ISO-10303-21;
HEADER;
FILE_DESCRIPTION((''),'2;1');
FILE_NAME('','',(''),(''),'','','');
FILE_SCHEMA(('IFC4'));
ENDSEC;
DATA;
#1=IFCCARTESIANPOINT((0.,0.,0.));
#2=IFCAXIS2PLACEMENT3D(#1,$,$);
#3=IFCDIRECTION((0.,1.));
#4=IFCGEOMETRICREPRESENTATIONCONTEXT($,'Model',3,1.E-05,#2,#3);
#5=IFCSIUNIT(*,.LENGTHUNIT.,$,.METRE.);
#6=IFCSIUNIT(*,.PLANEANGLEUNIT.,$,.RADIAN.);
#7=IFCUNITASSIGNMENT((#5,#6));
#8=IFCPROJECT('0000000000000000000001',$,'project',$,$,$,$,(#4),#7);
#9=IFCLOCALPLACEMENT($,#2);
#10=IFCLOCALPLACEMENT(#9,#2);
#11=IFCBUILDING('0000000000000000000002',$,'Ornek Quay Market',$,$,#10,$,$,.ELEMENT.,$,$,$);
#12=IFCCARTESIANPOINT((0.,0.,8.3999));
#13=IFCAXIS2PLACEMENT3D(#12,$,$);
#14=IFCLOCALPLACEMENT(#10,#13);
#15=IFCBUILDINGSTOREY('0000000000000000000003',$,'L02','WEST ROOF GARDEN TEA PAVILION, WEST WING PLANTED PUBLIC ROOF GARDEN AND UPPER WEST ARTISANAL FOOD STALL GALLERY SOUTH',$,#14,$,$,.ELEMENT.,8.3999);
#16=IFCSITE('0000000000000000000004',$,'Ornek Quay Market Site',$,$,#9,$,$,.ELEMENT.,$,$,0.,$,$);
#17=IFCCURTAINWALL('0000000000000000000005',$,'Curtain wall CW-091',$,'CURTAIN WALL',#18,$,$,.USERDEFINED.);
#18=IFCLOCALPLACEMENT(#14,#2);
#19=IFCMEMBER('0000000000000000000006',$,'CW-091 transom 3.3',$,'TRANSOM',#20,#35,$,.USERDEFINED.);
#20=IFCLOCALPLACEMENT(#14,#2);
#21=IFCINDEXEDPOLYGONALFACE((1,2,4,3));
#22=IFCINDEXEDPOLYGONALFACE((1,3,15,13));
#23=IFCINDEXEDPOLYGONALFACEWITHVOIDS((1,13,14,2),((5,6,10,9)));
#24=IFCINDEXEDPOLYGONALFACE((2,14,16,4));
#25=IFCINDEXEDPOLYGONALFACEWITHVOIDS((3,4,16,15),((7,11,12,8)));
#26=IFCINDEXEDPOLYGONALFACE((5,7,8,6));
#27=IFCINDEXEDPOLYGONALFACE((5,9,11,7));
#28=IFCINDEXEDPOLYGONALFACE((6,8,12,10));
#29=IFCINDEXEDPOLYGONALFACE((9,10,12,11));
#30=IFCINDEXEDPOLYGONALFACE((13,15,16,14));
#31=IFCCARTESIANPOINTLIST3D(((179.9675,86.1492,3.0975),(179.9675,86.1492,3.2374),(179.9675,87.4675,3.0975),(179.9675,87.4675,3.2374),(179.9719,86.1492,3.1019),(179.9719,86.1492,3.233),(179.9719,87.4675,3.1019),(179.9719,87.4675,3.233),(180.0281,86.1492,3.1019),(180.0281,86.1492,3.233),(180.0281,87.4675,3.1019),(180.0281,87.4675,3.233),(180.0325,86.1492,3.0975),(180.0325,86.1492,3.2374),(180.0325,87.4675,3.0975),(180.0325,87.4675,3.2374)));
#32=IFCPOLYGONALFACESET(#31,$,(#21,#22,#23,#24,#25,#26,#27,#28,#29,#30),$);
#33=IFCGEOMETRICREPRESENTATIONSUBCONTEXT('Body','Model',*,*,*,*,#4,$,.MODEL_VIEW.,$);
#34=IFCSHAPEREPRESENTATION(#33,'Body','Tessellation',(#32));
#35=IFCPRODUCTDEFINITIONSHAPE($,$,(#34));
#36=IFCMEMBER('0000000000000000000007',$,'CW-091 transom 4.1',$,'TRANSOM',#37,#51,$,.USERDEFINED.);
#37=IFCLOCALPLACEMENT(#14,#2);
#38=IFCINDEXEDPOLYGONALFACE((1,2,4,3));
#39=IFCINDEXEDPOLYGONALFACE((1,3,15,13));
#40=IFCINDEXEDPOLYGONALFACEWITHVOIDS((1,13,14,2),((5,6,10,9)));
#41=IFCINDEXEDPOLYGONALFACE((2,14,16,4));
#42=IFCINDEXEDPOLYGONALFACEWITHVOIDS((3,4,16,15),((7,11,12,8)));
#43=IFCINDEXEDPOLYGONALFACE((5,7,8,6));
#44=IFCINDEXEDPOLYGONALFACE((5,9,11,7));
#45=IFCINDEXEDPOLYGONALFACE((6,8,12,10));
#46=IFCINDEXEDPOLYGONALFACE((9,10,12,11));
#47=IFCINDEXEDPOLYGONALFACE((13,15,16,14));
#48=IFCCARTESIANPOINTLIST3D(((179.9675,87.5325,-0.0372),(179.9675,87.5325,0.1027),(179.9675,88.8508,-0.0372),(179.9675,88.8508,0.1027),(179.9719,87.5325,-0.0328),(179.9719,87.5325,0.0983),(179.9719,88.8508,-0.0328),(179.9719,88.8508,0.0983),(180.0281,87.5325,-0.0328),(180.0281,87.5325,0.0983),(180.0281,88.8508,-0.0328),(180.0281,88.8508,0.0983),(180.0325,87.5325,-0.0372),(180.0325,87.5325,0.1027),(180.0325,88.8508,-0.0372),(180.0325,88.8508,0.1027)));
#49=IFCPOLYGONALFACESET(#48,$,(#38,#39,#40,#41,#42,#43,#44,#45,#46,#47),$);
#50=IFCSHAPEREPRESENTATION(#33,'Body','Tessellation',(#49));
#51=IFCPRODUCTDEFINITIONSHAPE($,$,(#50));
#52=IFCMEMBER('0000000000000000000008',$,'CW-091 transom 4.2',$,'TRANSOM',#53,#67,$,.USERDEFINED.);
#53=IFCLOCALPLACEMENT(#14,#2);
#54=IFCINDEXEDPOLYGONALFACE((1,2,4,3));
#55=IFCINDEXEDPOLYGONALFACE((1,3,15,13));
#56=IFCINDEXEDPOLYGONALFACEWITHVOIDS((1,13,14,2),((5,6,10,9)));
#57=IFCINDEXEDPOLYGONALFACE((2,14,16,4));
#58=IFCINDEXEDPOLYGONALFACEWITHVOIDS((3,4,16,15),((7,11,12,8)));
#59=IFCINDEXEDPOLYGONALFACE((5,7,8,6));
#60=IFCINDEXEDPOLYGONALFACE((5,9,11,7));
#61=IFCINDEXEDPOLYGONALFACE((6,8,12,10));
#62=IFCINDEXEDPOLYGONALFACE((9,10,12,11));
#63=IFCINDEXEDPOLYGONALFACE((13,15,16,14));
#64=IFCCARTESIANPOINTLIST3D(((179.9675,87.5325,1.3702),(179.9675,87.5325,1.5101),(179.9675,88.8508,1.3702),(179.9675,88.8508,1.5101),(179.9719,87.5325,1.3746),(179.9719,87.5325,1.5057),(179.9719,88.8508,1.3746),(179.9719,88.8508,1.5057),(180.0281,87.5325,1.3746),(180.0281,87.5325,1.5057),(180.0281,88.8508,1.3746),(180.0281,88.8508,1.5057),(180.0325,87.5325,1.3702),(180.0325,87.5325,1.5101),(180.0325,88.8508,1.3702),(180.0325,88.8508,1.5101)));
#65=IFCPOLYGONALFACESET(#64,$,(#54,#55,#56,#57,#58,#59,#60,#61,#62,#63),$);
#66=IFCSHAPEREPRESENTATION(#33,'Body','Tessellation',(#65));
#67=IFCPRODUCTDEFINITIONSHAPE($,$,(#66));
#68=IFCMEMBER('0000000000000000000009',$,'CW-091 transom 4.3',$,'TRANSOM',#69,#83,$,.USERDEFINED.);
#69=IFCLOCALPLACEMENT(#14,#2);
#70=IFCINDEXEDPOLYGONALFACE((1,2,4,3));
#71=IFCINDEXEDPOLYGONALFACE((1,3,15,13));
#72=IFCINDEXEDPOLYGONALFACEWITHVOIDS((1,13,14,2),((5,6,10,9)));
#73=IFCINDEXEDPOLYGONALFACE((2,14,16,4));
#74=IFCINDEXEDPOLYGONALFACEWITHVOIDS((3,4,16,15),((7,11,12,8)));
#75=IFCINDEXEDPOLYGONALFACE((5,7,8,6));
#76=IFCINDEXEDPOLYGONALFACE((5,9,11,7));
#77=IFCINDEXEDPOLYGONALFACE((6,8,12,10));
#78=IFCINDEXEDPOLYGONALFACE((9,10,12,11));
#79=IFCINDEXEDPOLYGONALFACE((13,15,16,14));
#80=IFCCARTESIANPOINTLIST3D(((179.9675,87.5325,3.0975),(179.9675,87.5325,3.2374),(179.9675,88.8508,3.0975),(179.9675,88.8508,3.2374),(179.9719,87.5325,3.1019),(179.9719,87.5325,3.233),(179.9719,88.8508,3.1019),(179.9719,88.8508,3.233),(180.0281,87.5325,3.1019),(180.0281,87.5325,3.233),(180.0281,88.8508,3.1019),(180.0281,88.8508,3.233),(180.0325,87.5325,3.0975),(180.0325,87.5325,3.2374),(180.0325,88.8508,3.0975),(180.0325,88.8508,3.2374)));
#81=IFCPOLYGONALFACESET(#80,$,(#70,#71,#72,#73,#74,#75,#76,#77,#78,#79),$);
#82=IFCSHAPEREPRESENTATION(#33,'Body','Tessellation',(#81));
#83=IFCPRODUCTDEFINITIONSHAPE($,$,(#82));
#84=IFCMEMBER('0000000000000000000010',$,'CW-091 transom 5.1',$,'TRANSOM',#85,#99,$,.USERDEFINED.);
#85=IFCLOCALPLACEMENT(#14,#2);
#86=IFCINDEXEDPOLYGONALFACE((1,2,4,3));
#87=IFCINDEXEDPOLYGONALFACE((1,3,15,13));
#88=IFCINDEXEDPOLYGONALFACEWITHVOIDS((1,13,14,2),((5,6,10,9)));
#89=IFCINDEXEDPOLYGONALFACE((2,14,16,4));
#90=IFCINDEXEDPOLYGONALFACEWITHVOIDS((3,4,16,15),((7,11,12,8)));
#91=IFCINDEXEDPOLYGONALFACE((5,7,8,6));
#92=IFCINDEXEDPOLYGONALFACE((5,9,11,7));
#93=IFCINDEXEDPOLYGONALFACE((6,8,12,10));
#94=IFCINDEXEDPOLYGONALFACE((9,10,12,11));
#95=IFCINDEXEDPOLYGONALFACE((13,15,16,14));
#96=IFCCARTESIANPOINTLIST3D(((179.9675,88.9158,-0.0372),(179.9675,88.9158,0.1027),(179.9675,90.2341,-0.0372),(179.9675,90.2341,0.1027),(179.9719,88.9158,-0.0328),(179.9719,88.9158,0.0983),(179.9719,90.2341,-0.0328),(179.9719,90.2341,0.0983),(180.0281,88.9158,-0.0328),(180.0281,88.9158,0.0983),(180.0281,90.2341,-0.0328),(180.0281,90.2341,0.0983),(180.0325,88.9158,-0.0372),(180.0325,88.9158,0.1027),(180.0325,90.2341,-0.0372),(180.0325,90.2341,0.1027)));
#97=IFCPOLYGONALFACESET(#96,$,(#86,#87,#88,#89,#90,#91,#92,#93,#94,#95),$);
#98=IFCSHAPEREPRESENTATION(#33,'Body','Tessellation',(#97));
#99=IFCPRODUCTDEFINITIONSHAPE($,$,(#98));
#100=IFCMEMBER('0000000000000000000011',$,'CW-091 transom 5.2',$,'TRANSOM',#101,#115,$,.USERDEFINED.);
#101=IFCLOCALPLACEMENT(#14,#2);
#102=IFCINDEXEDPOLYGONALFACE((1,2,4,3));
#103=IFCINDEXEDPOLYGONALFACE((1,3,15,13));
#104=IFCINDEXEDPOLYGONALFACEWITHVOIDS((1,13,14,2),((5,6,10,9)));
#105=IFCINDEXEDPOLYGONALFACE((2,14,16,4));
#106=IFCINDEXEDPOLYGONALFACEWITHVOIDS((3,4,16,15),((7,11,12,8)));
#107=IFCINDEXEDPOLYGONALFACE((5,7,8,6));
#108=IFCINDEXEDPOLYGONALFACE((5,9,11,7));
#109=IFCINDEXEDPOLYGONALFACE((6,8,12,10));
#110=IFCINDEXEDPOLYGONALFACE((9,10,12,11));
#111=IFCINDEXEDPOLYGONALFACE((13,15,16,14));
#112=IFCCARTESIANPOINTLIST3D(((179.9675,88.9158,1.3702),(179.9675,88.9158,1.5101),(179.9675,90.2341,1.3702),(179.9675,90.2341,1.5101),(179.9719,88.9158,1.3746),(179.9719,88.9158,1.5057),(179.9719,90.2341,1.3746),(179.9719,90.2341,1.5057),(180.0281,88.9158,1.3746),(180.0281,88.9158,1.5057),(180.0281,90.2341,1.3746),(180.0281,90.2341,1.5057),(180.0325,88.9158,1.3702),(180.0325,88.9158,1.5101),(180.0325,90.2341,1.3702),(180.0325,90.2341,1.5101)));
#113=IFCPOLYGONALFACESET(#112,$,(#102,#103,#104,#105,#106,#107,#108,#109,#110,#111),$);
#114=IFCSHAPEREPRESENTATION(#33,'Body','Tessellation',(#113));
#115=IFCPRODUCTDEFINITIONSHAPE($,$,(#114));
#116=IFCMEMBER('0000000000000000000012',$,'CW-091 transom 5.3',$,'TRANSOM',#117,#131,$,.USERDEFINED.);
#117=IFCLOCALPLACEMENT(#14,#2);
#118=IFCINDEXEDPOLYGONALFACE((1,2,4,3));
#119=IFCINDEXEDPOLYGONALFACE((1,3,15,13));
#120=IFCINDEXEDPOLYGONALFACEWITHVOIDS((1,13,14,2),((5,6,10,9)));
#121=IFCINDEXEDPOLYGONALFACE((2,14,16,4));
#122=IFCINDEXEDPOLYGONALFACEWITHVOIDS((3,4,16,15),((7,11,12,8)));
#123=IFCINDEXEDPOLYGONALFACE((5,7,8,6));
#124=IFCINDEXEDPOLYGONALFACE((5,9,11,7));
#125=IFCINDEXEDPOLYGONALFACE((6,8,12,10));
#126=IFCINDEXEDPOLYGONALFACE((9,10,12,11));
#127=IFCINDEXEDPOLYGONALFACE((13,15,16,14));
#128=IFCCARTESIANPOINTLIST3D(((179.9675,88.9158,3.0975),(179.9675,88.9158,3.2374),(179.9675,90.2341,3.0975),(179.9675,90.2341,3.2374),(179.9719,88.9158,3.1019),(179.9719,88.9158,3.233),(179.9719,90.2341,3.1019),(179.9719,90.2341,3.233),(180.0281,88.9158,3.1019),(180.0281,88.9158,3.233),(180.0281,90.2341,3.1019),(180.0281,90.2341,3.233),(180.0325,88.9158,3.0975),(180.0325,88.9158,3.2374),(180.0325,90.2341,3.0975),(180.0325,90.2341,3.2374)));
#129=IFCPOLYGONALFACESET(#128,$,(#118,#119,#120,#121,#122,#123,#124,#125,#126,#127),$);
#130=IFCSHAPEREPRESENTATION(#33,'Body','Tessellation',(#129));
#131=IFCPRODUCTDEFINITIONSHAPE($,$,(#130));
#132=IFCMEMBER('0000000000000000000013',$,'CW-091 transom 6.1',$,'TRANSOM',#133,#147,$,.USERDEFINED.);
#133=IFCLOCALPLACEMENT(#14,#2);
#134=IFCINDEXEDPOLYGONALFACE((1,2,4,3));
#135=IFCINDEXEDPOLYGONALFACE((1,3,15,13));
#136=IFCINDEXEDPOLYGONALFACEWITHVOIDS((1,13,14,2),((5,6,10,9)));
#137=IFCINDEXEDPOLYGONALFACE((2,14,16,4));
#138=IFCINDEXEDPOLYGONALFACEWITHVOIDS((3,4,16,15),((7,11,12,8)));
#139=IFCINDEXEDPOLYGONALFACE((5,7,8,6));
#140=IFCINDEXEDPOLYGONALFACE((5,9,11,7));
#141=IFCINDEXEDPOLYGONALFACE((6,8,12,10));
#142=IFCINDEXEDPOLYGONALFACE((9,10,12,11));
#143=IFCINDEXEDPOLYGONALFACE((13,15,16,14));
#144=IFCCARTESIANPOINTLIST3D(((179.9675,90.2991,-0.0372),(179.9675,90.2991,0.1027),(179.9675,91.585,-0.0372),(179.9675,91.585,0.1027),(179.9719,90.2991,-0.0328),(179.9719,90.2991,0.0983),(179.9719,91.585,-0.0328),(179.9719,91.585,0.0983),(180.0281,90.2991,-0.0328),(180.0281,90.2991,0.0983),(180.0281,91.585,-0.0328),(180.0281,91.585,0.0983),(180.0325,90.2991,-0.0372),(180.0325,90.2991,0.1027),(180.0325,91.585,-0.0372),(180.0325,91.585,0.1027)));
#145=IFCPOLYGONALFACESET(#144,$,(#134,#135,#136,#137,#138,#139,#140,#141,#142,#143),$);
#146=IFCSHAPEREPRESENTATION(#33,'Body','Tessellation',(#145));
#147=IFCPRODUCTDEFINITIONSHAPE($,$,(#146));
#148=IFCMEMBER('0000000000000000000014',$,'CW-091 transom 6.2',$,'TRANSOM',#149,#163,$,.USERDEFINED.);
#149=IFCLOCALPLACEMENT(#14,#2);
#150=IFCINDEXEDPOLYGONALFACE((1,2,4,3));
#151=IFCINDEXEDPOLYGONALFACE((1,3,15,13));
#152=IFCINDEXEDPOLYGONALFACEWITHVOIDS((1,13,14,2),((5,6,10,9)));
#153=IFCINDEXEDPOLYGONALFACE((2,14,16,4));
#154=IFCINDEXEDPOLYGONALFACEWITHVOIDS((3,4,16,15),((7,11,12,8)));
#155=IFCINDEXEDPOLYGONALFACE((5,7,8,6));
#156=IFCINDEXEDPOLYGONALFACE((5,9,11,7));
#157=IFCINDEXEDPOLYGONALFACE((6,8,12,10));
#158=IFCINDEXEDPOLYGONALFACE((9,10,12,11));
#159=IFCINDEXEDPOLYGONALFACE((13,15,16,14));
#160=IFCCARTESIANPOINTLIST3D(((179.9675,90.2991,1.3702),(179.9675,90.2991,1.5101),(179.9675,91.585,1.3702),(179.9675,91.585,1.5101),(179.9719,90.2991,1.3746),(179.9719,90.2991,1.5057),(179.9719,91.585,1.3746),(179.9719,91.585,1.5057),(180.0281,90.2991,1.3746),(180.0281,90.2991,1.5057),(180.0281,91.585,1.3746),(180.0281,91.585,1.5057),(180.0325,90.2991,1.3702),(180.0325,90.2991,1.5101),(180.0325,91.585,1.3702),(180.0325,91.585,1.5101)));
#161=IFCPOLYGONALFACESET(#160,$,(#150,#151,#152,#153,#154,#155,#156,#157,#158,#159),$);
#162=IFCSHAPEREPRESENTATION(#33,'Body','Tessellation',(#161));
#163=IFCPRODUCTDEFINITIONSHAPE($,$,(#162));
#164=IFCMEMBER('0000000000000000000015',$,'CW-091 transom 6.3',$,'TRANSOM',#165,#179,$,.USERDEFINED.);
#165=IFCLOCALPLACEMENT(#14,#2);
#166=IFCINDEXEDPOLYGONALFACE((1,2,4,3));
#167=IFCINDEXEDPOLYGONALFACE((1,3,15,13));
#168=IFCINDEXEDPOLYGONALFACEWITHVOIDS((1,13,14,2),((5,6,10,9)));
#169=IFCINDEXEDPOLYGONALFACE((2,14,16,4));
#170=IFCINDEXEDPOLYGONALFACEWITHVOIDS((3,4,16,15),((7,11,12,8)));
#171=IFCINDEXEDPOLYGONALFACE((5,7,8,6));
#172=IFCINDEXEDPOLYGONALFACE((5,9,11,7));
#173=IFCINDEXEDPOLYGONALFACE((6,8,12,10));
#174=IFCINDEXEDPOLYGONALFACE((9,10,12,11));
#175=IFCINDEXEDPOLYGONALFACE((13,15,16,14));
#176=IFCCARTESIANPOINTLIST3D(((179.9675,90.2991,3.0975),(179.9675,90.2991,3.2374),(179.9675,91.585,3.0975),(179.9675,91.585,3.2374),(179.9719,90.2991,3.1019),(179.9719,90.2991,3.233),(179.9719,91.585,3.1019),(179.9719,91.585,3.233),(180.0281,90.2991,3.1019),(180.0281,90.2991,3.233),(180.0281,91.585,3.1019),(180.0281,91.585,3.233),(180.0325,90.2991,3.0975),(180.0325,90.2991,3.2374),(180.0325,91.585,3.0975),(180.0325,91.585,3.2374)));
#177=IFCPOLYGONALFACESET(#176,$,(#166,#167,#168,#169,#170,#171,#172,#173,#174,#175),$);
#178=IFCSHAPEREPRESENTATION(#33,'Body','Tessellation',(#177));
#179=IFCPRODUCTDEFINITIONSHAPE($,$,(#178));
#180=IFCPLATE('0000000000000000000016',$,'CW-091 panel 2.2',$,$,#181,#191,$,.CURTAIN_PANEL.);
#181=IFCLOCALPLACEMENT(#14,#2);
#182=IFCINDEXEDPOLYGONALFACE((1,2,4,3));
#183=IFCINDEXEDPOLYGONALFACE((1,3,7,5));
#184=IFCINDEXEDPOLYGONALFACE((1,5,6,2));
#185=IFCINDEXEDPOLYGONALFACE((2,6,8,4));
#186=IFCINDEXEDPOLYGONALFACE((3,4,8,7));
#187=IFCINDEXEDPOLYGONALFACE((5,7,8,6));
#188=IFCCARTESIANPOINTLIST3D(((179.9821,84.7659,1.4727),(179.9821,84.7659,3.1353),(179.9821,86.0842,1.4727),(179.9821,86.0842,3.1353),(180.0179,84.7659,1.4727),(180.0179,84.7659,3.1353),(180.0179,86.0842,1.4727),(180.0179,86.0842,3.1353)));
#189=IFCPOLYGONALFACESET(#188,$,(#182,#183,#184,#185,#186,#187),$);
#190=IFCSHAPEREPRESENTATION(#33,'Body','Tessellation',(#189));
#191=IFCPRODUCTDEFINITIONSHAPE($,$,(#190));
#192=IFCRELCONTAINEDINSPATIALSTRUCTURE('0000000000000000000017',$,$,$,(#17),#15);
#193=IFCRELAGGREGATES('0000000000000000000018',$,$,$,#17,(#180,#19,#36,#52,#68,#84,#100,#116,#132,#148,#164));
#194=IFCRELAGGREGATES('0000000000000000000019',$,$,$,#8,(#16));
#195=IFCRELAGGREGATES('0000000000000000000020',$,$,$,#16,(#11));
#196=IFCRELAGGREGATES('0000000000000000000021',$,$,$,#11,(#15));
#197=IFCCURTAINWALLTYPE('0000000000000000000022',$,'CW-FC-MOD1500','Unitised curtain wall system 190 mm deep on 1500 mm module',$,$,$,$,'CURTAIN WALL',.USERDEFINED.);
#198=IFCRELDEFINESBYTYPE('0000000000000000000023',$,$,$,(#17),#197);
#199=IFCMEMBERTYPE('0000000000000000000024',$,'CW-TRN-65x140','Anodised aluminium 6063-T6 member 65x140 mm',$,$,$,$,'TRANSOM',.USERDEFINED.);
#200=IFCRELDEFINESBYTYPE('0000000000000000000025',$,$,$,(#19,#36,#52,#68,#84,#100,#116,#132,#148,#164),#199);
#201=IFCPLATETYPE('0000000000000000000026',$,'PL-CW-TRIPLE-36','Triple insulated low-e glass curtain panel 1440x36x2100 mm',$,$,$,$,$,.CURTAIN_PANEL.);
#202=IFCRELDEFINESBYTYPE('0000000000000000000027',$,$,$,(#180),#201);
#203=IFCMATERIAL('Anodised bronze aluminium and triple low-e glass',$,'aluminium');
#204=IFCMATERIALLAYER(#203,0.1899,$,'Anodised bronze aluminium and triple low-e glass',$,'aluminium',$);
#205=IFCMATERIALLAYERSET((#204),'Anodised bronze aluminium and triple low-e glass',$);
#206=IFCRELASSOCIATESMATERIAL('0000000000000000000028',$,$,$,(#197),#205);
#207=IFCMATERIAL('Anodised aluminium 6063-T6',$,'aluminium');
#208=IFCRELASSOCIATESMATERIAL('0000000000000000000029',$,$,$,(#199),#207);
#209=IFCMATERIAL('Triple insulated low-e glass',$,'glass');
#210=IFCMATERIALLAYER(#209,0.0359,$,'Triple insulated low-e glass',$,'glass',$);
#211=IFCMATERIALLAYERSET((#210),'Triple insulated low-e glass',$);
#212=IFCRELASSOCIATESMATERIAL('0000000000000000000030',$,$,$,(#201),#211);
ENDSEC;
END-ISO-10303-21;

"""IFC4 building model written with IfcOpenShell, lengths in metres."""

from ifc_helpers import new_model, si_unit, direction, frame, origin, origin_2d, place, context, subcontext, project, spatial, rectangle, hollow_rectangle, extrude, material, layer, layer_set, material_profile, profile_set, type_object, element, aggregate, save


model = new_model("IFC4")

# Units and contexts
model_context = context("Model", 3, precision=1e-05, world=origin(), true_north=direction((0.0, 1.0)))
body_context = subcontext(model_context, "Body", "Model", "MODEL_VIEW")
ifc_project = project(units=[si_unit("LENGTHUNIT", "METRE"), si_unit("PLANEANGLEUNIT", "RADIAN")], contexts=[model_context])

# Site, building, storey
site_placement = place(None, origin())
site = spatial("IfcSite", under=ifc_project, at=site_placement, Name="Ornek Quay Market Site", CompositionType="ELEMENT", RefElevation=0.0)
building_placement = place(site_placement, origin())
building = spatial("IfcBuilding", under=site, at=building_placement, Name="Ornek Quay Market", CompositionType="ELEMENT")
storey_placement = place(building_placement, frame((0.0, 0.0, 8.3999)))
storey = spatial("IfcBuildingStorey", under=building, at=storey_placement, Name="L02", Description="WEST ROOF GARDEN TEA PAVILION, WEST WING PLANTED PUBLIC ROOF GARDEN AND UPPER WEST ARTISANAL FOOD STALL GALLERY SOUTH", CompositionType="ELEMENT", Elevation=8.3999)

# Curtain wall, members, plate
ifc_material_1 = material(Name="Anodised bronze aluminium and triple low-e glass", Category="aluminium")
ifc_layer_1 = layer(ifc_material_1, 0.1899, Name="Anodised bronze aluminium and triple low-e glass", Category="aluminium")
ifc_layer_set_1 = layer_set([ifc_layer_1], Name="Anodised bronze aluminium and triple low-e glass")
curtain_wall_type = type_object("IfcCurtainWallType", Name="CW-FC-MOD1500", Description="Unitised curtain wall system 190 mm deep on 1500 mm module", ElementType="CURTAIN WALL", PredefinedType="USERDEFINED", material=ifc_layer_set_1)
curtain_wall_placement = place(storey_placement, origin())
curtain_wall = element("IfcCurtainWall", 1, at=curtain_wall_placement, inside=storey, type_object=curtain_wall_type, Name="Curtain wall CW-091", ObjectType="CURTAIN WALL", PredefinedType="USERDEFINED")
ifc_material_2 = material(Name="Anodised aluminium 6063-T6", Category="aluminium")
ifc_material_profile_1 = material_profile(ifc_material_2, hollow_rectangle(XDim=0.0649, YDim=0.1399, WallThickness=0.0044, at=origin_2d()), Name="CW-TRN-65x140", Category="aluminium")
ifc_profile_set_1 = profile_set([ifc_material_profile_1], Name="Anodised aluminium 6063-T6")
member_type_1 = type_object("IfcMemberType", Name="CW-TRN-65x140", Description="Anodised aluminium 6063-T6 member 65x140 mm", ElementType="TRANSOM", PredefinedType="USERDEFINED", material=ifc_profile_set_1)
member_1_placement = place(storey_placement, frame((180.0, 86.1492, 3.1675), z_axis=(0.0, 1.0, 0.0), x_axis=(-1.0, 0.0, 0.0)))
member_1 = element("IfcMember", 2, at=member_1_placement, type_object=member_type_1, Name="CW-091 transom 3.3", ObjectType="TRANSOM", PredefinedType="USERDEFINED", context=body_context, shape_type="SweptSolid", body=[
    extrude(hollow_rectangle(XDim=0.0649, YDim=0.1399, WallThickness=0.0044, at=origin_2d()), origin(), (0.0, 0.0, 1.0), 1.3184),
])
member_2_placement = place(storey_placement, frame((180.0, 87.5325, 0.0327), z_axis=(0.0, 1.0, 0.0), x_axis=(-1.0, 0.0, 0.0)))
member_2 = element("IfcMember", 3, at=member_2_placement, type_object=member_type_1, Name="CW-091 transom 4.1", ObjectType="TRANSOM", PredefinedType="USERDEFINED", context=body_context, shape_type="SweptSolid", body=[
    extrude(hollow_rectangle(XDim=0.0649, YDim=0.1399, WallThickness=0.0044, at=origin_2d()), origin(), (0.0, 0.0, 1.0), 1.3184),
])
member_3_placement = place(storey_placement, frame((180.0, 87.5325, 1.4402), z_axis=(0.0, 1.0, 0.0), x_axis=(-1.0, 0.0, 0.0)))
member_3 = element("IfcMember", 4, at=member_3_placement, type_object=member_type_1, Name="CW-091 transom 4.2", ObjectType="TRANSOM", PredefinedType="USERDEFINED", context=body_context, shape_type="SweptSolid", body=[
    extrude(hollow_rectangle(XDim=0.0649, YDim=0.1399, WallThickness=0.0044, at=origin_2d()), origin(), (0.0, 0.0, 1.0), 1.3184),
])
member_4_placement = place(storey_placement, frame((180.0, 87.5325, 3.1675), z_axis=(0.0, 1.0, 0.0), x_axis=(-1.0, 0.0, 0.0)))
member_4 = element("IfcMember", 5, at=member_4_placement, type_object=member_type_1, Name="CW-091 transom 4.3", ObjectType="TRANSOM", PredefinedType="USERDEFINED", context=body_context, shape_type="SweptSolid", body=[
    extrude(hollow_rectangle(XDim=0.0649, YDim=0.1399, WallThickness=0.0044, at=origin_2d()), origin(), (0.0, 0.0, 1.0), 1.3184),
])
member_5_placement = place(storey_placement, frame((180.0, 88.9158, 0.0327), z_axis=(0.0, 1.0, 0.0), x_axis=(-1.0, 0.0, 0.0)))
member_5 = element("IfcMember", 6, at=member_5_placement, type_object=member_type_1, Name="CW-091 transom 5.1", ObjectType="TRANSOM", PredefinedType="USERDEFINED", context=body_context, shape_type="SweptSolid", body=[
    extrude(hollow_rectangle(XDim=0.0649, YDim=0.1399, WallThickness=0.0044, at=origin_2d()), origin(), (0.0, 0.0, 1.0), 1.3184),
])
member_6_placement = place(storey_placement, frame((180.0, 88.9158, 1.4402), z_axis=(0.0, 1.0, 0.0), x_axis=(-1.0, 0.0, 0.0)))
member_6 = element("IfcMember", 7, at=member_6_placement, type_object=member_type_1, Name="CW-091 transom 5.2", ObjectType="TRANSOM", PredefinedType="USERDEFINED", context=body_context, shape_type="SweptSolid", body=[
    extrude(hollow_rectangle(XDim=0.0649, YDim=0.1399, WallThickness=0.0044, at=origin_2d()), origin(), (0.0, 0.0, 1.0), 1.3184),
])
member_7_placement = place(storey_placement, frame((180.0, 88.9158, 3.1675), z_axis=(0.0, 1.0, 0.0), x_axis=(-1.0, 0.0, 0.0)))
member_7 = element("IfcMember", 8, at=member_7_placement, type_object=member_type_1, Name="CW-091 transom 5.3", ObjectType="TRANSOM", PredefinedType="USERDEFINED", context=body_context, shape_type="SweptSolid", body=[
    extrude(hollow_rectangle(XDim=0.0649, YDim=0.1399, WallThickness=0.0044, at=origin_2d()), origin(), (0.0, 0.0, 1.0), 1.3184),
])
member_8_placement = place(storey_placement, frame((180.0, 90.2991, 0.0327), z_axis=(0.0, 1.0, 0.0), x_axis=(-1.0, 0.0, 0.0)))
member_8 = element("IfcMember", 9, at=member_8_placement, type_object=member_type_1, Name="CW-091 transom 6.1", ObjectType="TRANSOM", PredefinedType="USERDEFINED", context=body_context, shape_type="SweptSolid", body=[
    extrude(hollow_rectangle(XDim=0.0649, YDim=0.1399, WallThickness=0.0044, at=origin_2d()), origin(), (0.0, 0.0, 1.0), 1.2859),
])
member_9_placement = place(storey_placement, frame((180.0, 90.2991, 1.4402), z_axis=(0.0, 1.0, 0.0), x_axis=(-1.0, 0.0, 0.0)))
member_9 = element("IfcMember", 10, at=member_9_placement, type_object=member_type_1, Name="CW-091 transom 6.2", ObjectType="TRANSOM", PredefinedType="USERDEFINED", context=body_context, shape_type="SweptSolid", body=[
    extrude(hollow_rectangle(XDim=0.0649, YDim=0.1399, WallThickness=0.0044, at=origin_2d()), origin(), (0.0, 0.0, 1.0), 1.2859),
])
member_10_placement = place(storey_placement, frame((180.0, 90.2991, 3.1675), z_axis=(0.0, 1.0, 0.0), x_axis=(-1.0, 0.0, 0.0)))
member_10 = element("IfcMember", 11, at=member_10_placement, type_object=member_type_1, Name="CW-091 transom 6.3", ObjectType="TRANSOM", PredefinedType="USERDEFINED", context=body_context, shape_type="SweptSolid", body=[
    extrude(hollow_rectangle(XDim=0.0649, YDim=0.1399, WallThickness=0.0044, at=origin_2d()), origin(), (0.0, 0.0, 1.0), 1.2859),
])
ifc_material_3 = material(Name="Triple insulated low-e glass", Category="glass")
ifc_layer_2 = layer(ifc_material_3, 0.0359, Name="Triple insulated low-e glass", Category="glass")
ifc_layer_set_2 = layer_set([ifc_layer_2], Name="Triple insulated low-e glass")
plate_type = type_object("IfcPlateType", Name="PL-CW-TRIPLE-36", Description="Triple insulated low-e glass curtain panel 1440x36x2100 mm", PredefinedType="CURTAIN_PANEL", material=ifc_layer_set_2)
plate_1_placement = place(storey_placement, frame((180.0, 85.425, 1.4727), z_axis=(0.0, 0.0, 1.0), x_axis=(0.0, 1.0, 0.0)))
plate_1 = element("IfcPlate", 12, at=plate_1_placement, type_object=plate_type, Name="CW-091 panel 2.2", PredefinedType="CURTAIN_PANEL", context=body_context, shape_type="SweptSolid", body=[
    extrude(rectangle(XDim=1.3184, YDim=0.0359, at=origin_2d()), origin(), (0.0, 0.0, 1.0), 1.6626),
])
aggregate(curtain_wall, [plate_1, member_1, member_2, member_3, member_4, member_5, member_6, member_7, member_8, member_9, member_10])

save(model, "model.ifc")
